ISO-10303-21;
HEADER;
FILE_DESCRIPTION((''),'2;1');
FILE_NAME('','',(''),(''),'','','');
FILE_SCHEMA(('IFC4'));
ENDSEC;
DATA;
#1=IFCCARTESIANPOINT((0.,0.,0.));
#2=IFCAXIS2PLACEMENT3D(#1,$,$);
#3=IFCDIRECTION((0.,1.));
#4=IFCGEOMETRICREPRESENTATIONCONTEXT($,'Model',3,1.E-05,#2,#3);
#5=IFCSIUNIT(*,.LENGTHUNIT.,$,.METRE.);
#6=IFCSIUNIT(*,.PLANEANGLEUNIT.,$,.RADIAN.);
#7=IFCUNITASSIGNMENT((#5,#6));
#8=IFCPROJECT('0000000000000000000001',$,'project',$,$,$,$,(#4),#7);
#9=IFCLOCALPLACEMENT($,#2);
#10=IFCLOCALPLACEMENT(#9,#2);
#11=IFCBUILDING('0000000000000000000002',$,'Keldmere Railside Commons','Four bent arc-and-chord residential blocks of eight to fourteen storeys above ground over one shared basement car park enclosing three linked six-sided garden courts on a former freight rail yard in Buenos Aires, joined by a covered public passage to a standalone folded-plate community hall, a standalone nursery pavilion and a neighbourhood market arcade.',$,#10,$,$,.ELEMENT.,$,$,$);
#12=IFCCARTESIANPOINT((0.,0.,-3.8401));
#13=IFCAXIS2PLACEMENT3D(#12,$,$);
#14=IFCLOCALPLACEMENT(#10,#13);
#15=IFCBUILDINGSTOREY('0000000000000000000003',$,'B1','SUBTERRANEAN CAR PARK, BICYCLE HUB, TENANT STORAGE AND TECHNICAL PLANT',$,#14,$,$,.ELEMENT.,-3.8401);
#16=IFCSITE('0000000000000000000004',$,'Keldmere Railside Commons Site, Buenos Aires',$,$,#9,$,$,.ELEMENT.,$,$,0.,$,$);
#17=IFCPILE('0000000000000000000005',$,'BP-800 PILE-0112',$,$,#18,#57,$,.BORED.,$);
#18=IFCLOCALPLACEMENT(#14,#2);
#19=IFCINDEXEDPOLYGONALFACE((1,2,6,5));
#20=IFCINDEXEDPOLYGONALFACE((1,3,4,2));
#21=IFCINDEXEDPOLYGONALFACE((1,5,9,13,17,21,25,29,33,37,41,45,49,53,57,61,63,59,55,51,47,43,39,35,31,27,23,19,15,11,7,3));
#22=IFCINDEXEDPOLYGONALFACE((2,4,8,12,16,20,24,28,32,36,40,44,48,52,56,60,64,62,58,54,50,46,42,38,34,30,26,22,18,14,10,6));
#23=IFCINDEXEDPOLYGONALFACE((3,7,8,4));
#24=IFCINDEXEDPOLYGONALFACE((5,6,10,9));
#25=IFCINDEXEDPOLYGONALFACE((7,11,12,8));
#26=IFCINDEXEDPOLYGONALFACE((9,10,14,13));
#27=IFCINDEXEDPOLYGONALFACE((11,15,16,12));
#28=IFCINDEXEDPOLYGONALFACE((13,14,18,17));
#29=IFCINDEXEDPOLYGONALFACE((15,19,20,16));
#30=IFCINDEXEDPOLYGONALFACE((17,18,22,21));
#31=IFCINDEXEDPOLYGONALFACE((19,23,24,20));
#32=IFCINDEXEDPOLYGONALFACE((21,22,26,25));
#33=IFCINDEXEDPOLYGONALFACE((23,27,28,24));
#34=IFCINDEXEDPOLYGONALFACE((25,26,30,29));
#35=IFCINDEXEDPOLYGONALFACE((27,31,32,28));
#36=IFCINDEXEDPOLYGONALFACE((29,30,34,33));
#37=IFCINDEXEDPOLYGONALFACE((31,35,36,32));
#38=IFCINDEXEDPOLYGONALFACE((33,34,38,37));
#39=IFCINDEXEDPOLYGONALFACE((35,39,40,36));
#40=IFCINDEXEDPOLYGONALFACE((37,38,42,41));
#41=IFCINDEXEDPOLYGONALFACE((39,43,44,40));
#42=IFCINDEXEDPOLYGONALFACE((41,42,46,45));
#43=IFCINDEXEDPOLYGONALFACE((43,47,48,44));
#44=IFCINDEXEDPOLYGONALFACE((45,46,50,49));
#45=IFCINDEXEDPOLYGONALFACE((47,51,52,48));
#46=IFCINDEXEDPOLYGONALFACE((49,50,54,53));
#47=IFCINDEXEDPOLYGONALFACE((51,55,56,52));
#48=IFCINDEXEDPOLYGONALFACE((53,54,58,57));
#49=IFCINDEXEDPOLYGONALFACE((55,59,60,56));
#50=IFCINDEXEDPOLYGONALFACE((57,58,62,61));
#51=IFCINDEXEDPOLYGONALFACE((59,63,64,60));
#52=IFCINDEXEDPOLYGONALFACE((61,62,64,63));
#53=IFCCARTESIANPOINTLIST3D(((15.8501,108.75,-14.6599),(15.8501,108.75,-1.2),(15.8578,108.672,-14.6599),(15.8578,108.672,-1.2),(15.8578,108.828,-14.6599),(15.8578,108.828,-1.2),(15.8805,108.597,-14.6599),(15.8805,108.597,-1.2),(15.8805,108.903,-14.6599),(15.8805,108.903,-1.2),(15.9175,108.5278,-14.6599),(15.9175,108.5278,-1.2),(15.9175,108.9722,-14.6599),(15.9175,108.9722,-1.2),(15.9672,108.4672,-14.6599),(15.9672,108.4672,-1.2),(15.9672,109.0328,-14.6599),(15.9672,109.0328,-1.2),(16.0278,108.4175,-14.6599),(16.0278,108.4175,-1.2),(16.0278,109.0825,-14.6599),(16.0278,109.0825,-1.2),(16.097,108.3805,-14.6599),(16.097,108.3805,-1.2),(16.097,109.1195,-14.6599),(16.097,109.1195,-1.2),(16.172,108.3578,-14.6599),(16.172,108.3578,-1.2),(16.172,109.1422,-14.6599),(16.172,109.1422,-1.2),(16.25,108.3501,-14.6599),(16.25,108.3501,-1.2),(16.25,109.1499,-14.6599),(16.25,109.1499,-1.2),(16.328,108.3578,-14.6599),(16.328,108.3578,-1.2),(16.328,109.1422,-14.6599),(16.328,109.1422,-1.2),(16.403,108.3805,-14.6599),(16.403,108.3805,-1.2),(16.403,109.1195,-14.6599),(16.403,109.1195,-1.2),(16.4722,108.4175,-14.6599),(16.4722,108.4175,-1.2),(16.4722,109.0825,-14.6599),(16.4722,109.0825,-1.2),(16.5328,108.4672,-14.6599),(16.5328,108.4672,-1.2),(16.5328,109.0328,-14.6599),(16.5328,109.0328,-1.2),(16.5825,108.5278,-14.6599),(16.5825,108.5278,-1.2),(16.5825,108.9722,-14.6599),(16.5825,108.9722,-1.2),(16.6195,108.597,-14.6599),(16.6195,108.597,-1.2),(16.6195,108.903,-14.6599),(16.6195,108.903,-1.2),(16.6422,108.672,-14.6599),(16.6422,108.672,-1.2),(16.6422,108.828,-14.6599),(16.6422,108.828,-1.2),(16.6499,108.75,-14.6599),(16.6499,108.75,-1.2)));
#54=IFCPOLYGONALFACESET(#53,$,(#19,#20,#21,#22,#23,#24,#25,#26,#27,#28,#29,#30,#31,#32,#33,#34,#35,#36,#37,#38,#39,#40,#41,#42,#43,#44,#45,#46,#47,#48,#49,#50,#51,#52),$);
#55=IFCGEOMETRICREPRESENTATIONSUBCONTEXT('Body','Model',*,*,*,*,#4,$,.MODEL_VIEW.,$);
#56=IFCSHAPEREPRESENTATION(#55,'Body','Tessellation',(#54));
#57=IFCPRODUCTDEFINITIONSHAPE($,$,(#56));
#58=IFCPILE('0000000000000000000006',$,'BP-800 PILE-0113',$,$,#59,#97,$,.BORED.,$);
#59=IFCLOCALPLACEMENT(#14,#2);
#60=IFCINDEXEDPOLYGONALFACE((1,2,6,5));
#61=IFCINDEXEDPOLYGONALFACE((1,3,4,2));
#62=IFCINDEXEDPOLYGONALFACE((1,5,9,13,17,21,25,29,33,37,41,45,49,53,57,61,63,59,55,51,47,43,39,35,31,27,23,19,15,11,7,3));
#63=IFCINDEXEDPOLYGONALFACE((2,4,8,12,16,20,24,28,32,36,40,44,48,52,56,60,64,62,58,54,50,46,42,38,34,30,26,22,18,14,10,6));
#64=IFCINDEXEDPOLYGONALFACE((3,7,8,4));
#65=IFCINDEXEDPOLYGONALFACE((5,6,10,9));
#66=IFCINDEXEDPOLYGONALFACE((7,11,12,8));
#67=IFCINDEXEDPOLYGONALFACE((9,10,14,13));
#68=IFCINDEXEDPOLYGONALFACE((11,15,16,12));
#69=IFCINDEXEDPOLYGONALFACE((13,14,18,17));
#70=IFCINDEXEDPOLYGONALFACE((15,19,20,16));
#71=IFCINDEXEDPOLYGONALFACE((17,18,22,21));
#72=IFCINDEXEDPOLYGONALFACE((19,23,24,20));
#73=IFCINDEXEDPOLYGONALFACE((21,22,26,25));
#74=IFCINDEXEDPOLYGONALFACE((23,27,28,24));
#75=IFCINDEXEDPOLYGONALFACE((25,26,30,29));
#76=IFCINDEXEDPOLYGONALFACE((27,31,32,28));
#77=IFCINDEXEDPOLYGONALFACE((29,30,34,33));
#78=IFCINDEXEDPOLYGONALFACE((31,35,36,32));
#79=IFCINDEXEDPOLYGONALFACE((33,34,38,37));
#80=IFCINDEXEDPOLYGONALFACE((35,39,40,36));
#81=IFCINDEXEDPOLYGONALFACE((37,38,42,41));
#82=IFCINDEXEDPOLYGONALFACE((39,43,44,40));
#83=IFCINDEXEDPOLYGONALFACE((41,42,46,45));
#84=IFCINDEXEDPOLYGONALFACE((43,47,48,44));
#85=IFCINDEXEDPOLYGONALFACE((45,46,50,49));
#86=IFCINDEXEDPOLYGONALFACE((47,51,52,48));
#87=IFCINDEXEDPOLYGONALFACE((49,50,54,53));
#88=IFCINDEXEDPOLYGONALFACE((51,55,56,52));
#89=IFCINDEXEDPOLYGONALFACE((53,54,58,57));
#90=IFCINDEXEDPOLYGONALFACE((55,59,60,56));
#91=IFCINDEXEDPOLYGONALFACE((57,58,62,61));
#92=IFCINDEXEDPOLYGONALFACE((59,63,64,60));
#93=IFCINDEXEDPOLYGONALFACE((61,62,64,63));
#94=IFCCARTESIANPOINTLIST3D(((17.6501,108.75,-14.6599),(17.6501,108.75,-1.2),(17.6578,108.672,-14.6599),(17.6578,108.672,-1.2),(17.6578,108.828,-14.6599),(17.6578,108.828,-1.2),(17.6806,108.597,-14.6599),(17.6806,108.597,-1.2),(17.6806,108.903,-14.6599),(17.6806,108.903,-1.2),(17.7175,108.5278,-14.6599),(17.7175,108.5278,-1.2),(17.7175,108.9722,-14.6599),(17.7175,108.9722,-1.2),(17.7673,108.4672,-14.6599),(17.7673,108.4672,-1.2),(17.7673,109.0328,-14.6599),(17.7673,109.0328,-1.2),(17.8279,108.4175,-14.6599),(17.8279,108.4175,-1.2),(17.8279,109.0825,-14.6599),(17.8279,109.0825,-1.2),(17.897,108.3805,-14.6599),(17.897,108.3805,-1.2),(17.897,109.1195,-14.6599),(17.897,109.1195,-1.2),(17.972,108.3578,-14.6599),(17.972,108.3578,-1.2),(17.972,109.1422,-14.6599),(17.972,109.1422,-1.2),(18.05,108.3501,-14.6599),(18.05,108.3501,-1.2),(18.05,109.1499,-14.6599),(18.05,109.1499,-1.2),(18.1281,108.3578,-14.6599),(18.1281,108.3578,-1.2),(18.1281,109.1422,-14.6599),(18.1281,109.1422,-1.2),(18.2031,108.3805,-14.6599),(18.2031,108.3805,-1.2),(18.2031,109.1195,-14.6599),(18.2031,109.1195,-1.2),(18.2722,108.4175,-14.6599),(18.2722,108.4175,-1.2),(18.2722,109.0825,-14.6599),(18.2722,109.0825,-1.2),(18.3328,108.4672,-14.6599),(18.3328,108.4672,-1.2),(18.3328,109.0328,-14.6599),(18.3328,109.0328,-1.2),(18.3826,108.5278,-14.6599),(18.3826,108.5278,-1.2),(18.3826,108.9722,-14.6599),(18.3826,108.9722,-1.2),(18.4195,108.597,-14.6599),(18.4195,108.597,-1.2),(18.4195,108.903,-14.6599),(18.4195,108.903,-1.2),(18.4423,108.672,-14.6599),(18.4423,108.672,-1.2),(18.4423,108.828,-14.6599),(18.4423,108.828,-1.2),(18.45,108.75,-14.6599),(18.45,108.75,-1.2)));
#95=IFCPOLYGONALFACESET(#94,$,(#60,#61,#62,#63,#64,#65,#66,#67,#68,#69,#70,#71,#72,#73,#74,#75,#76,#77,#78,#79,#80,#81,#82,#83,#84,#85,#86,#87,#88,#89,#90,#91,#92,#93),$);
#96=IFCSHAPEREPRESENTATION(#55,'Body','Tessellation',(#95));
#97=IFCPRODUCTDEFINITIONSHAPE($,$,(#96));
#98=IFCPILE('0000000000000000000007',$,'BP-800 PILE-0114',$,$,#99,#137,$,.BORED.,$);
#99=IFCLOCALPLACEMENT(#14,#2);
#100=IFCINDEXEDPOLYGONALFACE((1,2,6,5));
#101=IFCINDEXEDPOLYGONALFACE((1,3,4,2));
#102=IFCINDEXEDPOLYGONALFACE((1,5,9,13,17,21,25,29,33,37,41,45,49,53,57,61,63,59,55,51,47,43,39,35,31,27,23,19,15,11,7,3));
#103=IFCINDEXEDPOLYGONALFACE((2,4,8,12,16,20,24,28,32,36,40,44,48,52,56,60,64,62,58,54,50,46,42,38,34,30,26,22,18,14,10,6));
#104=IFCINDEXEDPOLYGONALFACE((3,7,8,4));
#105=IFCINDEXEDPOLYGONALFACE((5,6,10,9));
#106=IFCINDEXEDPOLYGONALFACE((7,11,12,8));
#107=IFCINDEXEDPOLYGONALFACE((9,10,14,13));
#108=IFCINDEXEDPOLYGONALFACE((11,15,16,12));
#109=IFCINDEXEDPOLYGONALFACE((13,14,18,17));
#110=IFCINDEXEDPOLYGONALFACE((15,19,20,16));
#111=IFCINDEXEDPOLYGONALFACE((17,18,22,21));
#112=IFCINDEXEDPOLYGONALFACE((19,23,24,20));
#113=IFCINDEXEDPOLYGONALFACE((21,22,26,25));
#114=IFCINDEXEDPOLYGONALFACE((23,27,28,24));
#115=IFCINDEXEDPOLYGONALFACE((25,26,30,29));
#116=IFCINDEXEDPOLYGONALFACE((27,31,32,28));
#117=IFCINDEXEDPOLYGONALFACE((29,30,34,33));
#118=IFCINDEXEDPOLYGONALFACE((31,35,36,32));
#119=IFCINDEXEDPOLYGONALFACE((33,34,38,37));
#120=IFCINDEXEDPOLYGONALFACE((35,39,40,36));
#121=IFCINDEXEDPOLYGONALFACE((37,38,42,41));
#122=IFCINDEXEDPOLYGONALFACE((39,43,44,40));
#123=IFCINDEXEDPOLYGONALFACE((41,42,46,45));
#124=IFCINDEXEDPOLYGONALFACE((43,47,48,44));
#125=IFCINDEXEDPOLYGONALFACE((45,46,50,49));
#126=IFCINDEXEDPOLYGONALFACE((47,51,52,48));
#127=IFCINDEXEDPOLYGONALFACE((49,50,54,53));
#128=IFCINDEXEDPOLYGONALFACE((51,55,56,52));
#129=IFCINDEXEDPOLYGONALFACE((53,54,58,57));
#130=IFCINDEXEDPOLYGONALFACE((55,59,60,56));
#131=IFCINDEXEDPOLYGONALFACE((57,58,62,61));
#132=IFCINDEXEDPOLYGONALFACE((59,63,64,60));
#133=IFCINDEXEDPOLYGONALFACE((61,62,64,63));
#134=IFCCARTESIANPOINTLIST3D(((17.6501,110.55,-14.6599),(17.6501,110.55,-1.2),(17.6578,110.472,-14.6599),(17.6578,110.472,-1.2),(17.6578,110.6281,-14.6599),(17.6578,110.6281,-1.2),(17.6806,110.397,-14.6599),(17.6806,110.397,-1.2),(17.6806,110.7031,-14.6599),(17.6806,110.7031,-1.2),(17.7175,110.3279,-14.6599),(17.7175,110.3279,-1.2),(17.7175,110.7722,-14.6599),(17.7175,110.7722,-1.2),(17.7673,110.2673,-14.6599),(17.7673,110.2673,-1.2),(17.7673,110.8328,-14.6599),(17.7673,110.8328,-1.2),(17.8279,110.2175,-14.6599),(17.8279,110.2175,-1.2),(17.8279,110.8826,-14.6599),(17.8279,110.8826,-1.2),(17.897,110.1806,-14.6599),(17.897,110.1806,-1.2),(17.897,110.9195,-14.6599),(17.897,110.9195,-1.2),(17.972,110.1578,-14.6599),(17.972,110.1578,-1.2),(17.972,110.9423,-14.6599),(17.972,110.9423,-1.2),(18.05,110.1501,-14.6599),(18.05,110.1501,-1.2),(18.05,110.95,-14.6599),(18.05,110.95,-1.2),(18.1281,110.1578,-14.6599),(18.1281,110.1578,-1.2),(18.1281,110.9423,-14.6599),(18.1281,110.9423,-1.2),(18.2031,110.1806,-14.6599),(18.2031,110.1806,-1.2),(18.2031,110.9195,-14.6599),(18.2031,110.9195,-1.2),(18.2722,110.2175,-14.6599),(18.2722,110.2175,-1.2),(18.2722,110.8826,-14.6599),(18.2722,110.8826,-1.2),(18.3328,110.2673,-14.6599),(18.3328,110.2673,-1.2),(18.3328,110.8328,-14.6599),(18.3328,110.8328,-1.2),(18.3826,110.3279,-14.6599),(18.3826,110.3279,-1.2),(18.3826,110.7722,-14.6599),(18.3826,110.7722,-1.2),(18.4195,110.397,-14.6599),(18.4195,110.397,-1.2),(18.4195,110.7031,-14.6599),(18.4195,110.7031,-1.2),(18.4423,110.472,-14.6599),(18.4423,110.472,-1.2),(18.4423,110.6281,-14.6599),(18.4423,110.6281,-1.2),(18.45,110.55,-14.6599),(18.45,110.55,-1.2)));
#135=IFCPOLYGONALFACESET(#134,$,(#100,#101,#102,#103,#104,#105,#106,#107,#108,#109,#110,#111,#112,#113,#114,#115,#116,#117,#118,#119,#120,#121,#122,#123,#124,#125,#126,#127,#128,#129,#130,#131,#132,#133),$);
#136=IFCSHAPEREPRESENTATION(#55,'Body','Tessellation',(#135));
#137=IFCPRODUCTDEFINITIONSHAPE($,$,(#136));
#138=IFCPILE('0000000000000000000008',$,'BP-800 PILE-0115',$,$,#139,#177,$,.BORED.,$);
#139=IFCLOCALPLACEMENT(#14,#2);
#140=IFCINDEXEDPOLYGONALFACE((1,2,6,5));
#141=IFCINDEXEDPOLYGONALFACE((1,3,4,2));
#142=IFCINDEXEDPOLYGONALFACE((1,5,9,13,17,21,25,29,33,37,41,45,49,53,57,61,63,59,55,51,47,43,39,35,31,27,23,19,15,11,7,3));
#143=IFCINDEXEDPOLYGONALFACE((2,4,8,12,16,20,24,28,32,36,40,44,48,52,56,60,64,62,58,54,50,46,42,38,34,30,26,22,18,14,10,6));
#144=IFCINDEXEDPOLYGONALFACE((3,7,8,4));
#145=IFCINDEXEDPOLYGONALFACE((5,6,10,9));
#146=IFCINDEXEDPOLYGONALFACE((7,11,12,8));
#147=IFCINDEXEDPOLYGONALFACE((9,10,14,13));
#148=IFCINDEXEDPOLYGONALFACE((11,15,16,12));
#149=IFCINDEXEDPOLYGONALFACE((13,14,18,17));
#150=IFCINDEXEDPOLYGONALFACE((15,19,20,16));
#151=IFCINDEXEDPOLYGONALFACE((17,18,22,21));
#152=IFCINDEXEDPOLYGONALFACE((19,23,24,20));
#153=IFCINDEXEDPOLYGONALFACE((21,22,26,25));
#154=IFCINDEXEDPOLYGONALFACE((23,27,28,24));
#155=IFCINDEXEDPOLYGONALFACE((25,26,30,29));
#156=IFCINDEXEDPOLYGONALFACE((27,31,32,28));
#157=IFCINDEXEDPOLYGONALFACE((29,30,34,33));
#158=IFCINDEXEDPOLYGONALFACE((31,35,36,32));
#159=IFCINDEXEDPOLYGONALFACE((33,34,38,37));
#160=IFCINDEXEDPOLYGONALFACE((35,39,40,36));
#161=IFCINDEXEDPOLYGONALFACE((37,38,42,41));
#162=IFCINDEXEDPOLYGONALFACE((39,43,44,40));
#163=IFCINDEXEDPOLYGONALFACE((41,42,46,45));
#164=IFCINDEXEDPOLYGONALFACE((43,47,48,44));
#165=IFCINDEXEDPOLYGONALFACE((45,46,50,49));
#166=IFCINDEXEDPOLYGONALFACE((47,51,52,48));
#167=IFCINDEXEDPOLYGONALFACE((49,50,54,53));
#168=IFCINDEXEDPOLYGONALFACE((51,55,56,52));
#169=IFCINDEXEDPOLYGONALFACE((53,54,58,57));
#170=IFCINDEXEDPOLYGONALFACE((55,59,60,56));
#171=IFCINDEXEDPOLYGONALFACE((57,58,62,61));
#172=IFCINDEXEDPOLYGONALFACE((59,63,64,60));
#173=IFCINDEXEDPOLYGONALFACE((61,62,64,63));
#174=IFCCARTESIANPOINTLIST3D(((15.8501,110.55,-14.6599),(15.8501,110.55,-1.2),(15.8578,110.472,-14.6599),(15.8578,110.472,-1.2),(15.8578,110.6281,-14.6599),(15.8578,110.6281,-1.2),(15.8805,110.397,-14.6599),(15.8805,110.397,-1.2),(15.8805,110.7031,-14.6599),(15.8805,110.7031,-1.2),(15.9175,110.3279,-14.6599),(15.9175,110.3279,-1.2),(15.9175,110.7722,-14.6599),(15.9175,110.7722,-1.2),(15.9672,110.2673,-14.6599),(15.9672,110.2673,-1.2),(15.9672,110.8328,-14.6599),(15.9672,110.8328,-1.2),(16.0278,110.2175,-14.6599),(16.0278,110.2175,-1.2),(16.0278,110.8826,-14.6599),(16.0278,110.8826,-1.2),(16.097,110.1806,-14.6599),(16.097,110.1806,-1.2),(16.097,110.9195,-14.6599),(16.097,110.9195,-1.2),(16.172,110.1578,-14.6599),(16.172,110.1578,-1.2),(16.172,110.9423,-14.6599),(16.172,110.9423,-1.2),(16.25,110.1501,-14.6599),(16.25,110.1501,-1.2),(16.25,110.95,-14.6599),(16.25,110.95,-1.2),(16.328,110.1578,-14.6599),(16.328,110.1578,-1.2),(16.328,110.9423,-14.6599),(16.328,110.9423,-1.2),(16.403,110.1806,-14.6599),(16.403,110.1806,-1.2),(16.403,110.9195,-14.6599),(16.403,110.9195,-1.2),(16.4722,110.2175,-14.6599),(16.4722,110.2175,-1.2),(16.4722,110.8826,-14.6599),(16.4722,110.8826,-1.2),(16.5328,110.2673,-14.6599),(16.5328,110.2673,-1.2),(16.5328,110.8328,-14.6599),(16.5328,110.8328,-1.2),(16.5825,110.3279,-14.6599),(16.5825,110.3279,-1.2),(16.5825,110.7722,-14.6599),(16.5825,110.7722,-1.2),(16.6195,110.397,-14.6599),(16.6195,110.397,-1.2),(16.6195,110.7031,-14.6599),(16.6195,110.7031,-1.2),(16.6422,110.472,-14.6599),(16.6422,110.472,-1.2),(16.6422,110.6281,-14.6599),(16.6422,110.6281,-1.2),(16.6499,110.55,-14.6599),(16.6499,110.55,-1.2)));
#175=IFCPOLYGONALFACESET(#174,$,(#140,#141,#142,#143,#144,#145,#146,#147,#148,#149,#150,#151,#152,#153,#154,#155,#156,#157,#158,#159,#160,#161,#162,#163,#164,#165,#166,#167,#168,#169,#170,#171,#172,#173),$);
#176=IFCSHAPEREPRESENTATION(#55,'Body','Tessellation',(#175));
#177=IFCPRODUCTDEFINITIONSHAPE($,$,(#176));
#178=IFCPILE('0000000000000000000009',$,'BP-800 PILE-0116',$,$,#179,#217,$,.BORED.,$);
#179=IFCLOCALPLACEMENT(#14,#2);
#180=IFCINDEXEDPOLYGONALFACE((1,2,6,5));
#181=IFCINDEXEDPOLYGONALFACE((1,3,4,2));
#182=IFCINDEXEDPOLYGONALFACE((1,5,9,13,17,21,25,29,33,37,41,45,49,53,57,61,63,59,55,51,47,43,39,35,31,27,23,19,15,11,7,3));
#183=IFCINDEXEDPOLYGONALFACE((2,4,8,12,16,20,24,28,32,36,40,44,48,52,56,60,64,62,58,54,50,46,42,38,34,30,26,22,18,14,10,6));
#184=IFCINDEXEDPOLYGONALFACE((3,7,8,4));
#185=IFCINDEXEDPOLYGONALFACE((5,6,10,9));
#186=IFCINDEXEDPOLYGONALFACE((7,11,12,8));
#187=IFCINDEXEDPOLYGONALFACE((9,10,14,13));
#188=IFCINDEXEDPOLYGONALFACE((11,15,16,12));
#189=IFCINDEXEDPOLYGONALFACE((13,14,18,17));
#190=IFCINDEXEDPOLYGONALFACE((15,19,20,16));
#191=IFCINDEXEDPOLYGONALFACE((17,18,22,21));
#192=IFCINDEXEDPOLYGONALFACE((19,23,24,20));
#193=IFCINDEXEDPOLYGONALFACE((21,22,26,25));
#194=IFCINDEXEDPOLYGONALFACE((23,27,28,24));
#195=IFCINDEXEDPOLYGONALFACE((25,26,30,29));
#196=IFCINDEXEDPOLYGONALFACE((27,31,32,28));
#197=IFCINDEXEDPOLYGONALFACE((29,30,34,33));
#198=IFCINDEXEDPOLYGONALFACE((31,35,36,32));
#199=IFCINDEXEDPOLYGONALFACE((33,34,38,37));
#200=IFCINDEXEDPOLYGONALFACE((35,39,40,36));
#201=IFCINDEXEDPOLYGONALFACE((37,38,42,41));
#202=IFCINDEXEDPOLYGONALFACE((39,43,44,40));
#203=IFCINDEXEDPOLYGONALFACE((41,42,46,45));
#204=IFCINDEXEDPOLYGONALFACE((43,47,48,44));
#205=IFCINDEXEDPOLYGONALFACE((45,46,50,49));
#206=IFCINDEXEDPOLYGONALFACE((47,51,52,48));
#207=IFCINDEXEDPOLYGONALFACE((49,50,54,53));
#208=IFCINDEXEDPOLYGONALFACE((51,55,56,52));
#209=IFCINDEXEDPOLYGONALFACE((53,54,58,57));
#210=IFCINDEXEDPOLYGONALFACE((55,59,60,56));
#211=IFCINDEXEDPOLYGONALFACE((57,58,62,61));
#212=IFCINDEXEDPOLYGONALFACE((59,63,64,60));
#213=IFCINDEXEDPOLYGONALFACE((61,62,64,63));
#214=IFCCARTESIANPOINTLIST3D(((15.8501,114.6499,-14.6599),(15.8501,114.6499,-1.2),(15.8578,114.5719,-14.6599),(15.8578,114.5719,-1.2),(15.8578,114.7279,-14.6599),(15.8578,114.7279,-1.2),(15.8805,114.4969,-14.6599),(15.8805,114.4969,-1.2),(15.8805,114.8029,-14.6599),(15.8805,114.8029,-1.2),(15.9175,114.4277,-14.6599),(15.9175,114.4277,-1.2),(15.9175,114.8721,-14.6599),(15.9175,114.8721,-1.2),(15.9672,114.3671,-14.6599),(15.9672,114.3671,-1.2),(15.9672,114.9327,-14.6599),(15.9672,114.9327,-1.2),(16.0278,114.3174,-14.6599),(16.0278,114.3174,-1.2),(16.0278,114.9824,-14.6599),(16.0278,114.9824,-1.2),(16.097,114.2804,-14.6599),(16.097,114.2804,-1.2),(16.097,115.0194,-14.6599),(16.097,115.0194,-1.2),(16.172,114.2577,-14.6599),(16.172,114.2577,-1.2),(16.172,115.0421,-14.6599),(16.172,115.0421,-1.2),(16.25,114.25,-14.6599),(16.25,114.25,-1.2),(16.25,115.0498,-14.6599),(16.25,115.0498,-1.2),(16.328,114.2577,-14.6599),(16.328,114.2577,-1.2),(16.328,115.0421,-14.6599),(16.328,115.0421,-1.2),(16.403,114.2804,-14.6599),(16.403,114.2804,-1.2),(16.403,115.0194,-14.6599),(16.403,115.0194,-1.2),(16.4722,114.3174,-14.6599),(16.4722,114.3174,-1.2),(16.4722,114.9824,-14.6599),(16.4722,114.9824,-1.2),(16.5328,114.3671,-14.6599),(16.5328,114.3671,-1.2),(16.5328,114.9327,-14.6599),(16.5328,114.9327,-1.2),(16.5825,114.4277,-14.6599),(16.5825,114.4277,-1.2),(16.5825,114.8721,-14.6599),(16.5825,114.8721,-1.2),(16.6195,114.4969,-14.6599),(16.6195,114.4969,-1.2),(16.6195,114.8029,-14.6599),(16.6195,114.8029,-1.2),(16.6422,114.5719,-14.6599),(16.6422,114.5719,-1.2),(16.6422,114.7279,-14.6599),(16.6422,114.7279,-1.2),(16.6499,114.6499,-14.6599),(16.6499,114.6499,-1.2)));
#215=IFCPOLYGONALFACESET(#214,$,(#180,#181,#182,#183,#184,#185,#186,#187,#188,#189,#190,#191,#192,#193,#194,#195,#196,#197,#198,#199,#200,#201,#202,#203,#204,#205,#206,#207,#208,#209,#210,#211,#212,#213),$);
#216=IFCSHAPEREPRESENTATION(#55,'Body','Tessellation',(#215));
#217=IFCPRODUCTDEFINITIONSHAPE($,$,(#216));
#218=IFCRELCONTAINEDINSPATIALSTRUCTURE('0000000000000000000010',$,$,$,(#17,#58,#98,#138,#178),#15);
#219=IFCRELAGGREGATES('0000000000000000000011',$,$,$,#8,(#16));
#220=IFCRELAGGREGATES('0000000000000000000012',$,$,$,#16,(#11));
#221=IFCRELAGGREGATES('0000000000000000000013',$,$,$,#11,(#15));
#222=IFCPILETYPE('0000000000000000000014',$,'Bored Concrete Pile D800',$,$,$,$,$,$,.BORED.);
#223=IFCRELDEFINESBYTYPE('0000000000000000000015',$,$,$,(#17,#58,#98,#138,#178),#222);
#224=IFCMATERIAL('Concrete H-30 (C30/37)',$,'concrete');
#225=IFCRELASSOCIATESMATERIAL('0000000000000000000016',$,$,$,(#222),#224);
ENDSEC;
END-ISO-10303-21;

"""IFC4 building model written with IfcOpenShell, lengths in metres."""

from ifc_helpers import new_model, si_unit, direction, frame, origin, origin_2d, place, context, subcontext, project, spatial, circle, extrude, material, material_profile, profile_set, type_object, element, save


model = new_model("IFC4")

# Units and contexts
model_context = context("Model", 3, precision=1e-05, world=origin(), true_north=direction((0.0, 1.0)))
body_context = subcontext(model_context, "Body", "Model", "MODEL_VIEW")
ifc_project = project(units=[si_unit("LENGTHUNIT", "METRE"), si_unit("PLANEANGLEUNIT", "RADIAN")], contexts=[model_context])

# Site, building, storey
site_placement = place(None, origin())
site = spatial("IfcSite", under=ifc_project, at=site_placement, Name="Keldmere Railside Commons Site, Buenos Aires", CompositionType="ELEMENT", RefElevation=0.0)
building_placement = place(site_placement, origin())
building = spatial("IfcBuilding", under=site, at=building_placement, Name="Keldmere Railside Commons", Description="Four bent arc-and-chord residential blocks of eight to fourteen storeys above ground over one shared basement car park enclosing three linked six-sided garden courts on a former freight rail yard in Buenos Aires, joined by a covered public passage to a standalone folded-plate community hall, a standalone nursery pavilion and a neighbourhood market arcade.", CompositionType="ELEMENT")
storey_placement = place(building_placement, frame((0.0, 0.0, -3.8401)))
storey = spatial("IfcBuildingStorey", under=building, at=storey_placement, Name="B1", Description="SUBTERRANEAN CAR PARK, BICYCLE HUB, TENANT STORAGE AND TECHNICAL PLANT", CompositionType="ELEMENT", Elevation=-3.8401)

# Piles
ifc_material_1 = material(Name="Concrete H-30 (C30/37)", Category="concrete")
ifc_material_profile_1 = material_profile(ifc_material_1, circle(Radius=0.3999, at=origin_2d()), Name="PILE-D800")
ifc_profile_set_1 = profile_set([ifc_material_profile_1], Name="Concrete H-30 (C30/37)")
pile_type = type_object("IfcPileType", Name="Bored Concrete Pile D800", PredefinedType="BORED", material=ifc_profile_set_1)
for number, where, z_axis, x_axis, name in (
    (1, (16.25, 108.75, -1.2), (0.0, 0.0, -1.0), (1.0, 0.0, 0.0), "BP-800 PILE-0112"),
    (2, (18.05, 108.75, -1.2), (0.0, 0.0, -1.0), (1.0, 0.0, 0.0), "BP-800 PILE-0113"),
    (3, (18.05, 110.55, -1.2), (0.0, 0.0, -1.0), (1.0, 0.0, 0.0), "BP-800 PILE-0114"),
    (4, (16.25, 110.55, -1.2), (0.0, 0.0, -1.0), (1.0, 0.0, 0.0), "BP-800 PILE-0115"),
    (5, (16.25, 114.6499, -1.2), (0.0, 0.0, -1.0), (1.0, 0.0, 0.0), "BP-800 PILE-0116"),
):
    element("IfcPile", number, at=place(storey_placement, frame(where, z_axis=z_axis, x_axis=x_axis)), inside=storey, type_object=pile_type, Name=name, PredefinedType="BORED", context=body_context, shape_type="SweptSolid", body=[
        extrude(circle(Radius=0.3999, at=origin_2d()), origin(), (0.0, 0.0, 1.0), 13.46),
    ])

save(model, "model.ifc")
